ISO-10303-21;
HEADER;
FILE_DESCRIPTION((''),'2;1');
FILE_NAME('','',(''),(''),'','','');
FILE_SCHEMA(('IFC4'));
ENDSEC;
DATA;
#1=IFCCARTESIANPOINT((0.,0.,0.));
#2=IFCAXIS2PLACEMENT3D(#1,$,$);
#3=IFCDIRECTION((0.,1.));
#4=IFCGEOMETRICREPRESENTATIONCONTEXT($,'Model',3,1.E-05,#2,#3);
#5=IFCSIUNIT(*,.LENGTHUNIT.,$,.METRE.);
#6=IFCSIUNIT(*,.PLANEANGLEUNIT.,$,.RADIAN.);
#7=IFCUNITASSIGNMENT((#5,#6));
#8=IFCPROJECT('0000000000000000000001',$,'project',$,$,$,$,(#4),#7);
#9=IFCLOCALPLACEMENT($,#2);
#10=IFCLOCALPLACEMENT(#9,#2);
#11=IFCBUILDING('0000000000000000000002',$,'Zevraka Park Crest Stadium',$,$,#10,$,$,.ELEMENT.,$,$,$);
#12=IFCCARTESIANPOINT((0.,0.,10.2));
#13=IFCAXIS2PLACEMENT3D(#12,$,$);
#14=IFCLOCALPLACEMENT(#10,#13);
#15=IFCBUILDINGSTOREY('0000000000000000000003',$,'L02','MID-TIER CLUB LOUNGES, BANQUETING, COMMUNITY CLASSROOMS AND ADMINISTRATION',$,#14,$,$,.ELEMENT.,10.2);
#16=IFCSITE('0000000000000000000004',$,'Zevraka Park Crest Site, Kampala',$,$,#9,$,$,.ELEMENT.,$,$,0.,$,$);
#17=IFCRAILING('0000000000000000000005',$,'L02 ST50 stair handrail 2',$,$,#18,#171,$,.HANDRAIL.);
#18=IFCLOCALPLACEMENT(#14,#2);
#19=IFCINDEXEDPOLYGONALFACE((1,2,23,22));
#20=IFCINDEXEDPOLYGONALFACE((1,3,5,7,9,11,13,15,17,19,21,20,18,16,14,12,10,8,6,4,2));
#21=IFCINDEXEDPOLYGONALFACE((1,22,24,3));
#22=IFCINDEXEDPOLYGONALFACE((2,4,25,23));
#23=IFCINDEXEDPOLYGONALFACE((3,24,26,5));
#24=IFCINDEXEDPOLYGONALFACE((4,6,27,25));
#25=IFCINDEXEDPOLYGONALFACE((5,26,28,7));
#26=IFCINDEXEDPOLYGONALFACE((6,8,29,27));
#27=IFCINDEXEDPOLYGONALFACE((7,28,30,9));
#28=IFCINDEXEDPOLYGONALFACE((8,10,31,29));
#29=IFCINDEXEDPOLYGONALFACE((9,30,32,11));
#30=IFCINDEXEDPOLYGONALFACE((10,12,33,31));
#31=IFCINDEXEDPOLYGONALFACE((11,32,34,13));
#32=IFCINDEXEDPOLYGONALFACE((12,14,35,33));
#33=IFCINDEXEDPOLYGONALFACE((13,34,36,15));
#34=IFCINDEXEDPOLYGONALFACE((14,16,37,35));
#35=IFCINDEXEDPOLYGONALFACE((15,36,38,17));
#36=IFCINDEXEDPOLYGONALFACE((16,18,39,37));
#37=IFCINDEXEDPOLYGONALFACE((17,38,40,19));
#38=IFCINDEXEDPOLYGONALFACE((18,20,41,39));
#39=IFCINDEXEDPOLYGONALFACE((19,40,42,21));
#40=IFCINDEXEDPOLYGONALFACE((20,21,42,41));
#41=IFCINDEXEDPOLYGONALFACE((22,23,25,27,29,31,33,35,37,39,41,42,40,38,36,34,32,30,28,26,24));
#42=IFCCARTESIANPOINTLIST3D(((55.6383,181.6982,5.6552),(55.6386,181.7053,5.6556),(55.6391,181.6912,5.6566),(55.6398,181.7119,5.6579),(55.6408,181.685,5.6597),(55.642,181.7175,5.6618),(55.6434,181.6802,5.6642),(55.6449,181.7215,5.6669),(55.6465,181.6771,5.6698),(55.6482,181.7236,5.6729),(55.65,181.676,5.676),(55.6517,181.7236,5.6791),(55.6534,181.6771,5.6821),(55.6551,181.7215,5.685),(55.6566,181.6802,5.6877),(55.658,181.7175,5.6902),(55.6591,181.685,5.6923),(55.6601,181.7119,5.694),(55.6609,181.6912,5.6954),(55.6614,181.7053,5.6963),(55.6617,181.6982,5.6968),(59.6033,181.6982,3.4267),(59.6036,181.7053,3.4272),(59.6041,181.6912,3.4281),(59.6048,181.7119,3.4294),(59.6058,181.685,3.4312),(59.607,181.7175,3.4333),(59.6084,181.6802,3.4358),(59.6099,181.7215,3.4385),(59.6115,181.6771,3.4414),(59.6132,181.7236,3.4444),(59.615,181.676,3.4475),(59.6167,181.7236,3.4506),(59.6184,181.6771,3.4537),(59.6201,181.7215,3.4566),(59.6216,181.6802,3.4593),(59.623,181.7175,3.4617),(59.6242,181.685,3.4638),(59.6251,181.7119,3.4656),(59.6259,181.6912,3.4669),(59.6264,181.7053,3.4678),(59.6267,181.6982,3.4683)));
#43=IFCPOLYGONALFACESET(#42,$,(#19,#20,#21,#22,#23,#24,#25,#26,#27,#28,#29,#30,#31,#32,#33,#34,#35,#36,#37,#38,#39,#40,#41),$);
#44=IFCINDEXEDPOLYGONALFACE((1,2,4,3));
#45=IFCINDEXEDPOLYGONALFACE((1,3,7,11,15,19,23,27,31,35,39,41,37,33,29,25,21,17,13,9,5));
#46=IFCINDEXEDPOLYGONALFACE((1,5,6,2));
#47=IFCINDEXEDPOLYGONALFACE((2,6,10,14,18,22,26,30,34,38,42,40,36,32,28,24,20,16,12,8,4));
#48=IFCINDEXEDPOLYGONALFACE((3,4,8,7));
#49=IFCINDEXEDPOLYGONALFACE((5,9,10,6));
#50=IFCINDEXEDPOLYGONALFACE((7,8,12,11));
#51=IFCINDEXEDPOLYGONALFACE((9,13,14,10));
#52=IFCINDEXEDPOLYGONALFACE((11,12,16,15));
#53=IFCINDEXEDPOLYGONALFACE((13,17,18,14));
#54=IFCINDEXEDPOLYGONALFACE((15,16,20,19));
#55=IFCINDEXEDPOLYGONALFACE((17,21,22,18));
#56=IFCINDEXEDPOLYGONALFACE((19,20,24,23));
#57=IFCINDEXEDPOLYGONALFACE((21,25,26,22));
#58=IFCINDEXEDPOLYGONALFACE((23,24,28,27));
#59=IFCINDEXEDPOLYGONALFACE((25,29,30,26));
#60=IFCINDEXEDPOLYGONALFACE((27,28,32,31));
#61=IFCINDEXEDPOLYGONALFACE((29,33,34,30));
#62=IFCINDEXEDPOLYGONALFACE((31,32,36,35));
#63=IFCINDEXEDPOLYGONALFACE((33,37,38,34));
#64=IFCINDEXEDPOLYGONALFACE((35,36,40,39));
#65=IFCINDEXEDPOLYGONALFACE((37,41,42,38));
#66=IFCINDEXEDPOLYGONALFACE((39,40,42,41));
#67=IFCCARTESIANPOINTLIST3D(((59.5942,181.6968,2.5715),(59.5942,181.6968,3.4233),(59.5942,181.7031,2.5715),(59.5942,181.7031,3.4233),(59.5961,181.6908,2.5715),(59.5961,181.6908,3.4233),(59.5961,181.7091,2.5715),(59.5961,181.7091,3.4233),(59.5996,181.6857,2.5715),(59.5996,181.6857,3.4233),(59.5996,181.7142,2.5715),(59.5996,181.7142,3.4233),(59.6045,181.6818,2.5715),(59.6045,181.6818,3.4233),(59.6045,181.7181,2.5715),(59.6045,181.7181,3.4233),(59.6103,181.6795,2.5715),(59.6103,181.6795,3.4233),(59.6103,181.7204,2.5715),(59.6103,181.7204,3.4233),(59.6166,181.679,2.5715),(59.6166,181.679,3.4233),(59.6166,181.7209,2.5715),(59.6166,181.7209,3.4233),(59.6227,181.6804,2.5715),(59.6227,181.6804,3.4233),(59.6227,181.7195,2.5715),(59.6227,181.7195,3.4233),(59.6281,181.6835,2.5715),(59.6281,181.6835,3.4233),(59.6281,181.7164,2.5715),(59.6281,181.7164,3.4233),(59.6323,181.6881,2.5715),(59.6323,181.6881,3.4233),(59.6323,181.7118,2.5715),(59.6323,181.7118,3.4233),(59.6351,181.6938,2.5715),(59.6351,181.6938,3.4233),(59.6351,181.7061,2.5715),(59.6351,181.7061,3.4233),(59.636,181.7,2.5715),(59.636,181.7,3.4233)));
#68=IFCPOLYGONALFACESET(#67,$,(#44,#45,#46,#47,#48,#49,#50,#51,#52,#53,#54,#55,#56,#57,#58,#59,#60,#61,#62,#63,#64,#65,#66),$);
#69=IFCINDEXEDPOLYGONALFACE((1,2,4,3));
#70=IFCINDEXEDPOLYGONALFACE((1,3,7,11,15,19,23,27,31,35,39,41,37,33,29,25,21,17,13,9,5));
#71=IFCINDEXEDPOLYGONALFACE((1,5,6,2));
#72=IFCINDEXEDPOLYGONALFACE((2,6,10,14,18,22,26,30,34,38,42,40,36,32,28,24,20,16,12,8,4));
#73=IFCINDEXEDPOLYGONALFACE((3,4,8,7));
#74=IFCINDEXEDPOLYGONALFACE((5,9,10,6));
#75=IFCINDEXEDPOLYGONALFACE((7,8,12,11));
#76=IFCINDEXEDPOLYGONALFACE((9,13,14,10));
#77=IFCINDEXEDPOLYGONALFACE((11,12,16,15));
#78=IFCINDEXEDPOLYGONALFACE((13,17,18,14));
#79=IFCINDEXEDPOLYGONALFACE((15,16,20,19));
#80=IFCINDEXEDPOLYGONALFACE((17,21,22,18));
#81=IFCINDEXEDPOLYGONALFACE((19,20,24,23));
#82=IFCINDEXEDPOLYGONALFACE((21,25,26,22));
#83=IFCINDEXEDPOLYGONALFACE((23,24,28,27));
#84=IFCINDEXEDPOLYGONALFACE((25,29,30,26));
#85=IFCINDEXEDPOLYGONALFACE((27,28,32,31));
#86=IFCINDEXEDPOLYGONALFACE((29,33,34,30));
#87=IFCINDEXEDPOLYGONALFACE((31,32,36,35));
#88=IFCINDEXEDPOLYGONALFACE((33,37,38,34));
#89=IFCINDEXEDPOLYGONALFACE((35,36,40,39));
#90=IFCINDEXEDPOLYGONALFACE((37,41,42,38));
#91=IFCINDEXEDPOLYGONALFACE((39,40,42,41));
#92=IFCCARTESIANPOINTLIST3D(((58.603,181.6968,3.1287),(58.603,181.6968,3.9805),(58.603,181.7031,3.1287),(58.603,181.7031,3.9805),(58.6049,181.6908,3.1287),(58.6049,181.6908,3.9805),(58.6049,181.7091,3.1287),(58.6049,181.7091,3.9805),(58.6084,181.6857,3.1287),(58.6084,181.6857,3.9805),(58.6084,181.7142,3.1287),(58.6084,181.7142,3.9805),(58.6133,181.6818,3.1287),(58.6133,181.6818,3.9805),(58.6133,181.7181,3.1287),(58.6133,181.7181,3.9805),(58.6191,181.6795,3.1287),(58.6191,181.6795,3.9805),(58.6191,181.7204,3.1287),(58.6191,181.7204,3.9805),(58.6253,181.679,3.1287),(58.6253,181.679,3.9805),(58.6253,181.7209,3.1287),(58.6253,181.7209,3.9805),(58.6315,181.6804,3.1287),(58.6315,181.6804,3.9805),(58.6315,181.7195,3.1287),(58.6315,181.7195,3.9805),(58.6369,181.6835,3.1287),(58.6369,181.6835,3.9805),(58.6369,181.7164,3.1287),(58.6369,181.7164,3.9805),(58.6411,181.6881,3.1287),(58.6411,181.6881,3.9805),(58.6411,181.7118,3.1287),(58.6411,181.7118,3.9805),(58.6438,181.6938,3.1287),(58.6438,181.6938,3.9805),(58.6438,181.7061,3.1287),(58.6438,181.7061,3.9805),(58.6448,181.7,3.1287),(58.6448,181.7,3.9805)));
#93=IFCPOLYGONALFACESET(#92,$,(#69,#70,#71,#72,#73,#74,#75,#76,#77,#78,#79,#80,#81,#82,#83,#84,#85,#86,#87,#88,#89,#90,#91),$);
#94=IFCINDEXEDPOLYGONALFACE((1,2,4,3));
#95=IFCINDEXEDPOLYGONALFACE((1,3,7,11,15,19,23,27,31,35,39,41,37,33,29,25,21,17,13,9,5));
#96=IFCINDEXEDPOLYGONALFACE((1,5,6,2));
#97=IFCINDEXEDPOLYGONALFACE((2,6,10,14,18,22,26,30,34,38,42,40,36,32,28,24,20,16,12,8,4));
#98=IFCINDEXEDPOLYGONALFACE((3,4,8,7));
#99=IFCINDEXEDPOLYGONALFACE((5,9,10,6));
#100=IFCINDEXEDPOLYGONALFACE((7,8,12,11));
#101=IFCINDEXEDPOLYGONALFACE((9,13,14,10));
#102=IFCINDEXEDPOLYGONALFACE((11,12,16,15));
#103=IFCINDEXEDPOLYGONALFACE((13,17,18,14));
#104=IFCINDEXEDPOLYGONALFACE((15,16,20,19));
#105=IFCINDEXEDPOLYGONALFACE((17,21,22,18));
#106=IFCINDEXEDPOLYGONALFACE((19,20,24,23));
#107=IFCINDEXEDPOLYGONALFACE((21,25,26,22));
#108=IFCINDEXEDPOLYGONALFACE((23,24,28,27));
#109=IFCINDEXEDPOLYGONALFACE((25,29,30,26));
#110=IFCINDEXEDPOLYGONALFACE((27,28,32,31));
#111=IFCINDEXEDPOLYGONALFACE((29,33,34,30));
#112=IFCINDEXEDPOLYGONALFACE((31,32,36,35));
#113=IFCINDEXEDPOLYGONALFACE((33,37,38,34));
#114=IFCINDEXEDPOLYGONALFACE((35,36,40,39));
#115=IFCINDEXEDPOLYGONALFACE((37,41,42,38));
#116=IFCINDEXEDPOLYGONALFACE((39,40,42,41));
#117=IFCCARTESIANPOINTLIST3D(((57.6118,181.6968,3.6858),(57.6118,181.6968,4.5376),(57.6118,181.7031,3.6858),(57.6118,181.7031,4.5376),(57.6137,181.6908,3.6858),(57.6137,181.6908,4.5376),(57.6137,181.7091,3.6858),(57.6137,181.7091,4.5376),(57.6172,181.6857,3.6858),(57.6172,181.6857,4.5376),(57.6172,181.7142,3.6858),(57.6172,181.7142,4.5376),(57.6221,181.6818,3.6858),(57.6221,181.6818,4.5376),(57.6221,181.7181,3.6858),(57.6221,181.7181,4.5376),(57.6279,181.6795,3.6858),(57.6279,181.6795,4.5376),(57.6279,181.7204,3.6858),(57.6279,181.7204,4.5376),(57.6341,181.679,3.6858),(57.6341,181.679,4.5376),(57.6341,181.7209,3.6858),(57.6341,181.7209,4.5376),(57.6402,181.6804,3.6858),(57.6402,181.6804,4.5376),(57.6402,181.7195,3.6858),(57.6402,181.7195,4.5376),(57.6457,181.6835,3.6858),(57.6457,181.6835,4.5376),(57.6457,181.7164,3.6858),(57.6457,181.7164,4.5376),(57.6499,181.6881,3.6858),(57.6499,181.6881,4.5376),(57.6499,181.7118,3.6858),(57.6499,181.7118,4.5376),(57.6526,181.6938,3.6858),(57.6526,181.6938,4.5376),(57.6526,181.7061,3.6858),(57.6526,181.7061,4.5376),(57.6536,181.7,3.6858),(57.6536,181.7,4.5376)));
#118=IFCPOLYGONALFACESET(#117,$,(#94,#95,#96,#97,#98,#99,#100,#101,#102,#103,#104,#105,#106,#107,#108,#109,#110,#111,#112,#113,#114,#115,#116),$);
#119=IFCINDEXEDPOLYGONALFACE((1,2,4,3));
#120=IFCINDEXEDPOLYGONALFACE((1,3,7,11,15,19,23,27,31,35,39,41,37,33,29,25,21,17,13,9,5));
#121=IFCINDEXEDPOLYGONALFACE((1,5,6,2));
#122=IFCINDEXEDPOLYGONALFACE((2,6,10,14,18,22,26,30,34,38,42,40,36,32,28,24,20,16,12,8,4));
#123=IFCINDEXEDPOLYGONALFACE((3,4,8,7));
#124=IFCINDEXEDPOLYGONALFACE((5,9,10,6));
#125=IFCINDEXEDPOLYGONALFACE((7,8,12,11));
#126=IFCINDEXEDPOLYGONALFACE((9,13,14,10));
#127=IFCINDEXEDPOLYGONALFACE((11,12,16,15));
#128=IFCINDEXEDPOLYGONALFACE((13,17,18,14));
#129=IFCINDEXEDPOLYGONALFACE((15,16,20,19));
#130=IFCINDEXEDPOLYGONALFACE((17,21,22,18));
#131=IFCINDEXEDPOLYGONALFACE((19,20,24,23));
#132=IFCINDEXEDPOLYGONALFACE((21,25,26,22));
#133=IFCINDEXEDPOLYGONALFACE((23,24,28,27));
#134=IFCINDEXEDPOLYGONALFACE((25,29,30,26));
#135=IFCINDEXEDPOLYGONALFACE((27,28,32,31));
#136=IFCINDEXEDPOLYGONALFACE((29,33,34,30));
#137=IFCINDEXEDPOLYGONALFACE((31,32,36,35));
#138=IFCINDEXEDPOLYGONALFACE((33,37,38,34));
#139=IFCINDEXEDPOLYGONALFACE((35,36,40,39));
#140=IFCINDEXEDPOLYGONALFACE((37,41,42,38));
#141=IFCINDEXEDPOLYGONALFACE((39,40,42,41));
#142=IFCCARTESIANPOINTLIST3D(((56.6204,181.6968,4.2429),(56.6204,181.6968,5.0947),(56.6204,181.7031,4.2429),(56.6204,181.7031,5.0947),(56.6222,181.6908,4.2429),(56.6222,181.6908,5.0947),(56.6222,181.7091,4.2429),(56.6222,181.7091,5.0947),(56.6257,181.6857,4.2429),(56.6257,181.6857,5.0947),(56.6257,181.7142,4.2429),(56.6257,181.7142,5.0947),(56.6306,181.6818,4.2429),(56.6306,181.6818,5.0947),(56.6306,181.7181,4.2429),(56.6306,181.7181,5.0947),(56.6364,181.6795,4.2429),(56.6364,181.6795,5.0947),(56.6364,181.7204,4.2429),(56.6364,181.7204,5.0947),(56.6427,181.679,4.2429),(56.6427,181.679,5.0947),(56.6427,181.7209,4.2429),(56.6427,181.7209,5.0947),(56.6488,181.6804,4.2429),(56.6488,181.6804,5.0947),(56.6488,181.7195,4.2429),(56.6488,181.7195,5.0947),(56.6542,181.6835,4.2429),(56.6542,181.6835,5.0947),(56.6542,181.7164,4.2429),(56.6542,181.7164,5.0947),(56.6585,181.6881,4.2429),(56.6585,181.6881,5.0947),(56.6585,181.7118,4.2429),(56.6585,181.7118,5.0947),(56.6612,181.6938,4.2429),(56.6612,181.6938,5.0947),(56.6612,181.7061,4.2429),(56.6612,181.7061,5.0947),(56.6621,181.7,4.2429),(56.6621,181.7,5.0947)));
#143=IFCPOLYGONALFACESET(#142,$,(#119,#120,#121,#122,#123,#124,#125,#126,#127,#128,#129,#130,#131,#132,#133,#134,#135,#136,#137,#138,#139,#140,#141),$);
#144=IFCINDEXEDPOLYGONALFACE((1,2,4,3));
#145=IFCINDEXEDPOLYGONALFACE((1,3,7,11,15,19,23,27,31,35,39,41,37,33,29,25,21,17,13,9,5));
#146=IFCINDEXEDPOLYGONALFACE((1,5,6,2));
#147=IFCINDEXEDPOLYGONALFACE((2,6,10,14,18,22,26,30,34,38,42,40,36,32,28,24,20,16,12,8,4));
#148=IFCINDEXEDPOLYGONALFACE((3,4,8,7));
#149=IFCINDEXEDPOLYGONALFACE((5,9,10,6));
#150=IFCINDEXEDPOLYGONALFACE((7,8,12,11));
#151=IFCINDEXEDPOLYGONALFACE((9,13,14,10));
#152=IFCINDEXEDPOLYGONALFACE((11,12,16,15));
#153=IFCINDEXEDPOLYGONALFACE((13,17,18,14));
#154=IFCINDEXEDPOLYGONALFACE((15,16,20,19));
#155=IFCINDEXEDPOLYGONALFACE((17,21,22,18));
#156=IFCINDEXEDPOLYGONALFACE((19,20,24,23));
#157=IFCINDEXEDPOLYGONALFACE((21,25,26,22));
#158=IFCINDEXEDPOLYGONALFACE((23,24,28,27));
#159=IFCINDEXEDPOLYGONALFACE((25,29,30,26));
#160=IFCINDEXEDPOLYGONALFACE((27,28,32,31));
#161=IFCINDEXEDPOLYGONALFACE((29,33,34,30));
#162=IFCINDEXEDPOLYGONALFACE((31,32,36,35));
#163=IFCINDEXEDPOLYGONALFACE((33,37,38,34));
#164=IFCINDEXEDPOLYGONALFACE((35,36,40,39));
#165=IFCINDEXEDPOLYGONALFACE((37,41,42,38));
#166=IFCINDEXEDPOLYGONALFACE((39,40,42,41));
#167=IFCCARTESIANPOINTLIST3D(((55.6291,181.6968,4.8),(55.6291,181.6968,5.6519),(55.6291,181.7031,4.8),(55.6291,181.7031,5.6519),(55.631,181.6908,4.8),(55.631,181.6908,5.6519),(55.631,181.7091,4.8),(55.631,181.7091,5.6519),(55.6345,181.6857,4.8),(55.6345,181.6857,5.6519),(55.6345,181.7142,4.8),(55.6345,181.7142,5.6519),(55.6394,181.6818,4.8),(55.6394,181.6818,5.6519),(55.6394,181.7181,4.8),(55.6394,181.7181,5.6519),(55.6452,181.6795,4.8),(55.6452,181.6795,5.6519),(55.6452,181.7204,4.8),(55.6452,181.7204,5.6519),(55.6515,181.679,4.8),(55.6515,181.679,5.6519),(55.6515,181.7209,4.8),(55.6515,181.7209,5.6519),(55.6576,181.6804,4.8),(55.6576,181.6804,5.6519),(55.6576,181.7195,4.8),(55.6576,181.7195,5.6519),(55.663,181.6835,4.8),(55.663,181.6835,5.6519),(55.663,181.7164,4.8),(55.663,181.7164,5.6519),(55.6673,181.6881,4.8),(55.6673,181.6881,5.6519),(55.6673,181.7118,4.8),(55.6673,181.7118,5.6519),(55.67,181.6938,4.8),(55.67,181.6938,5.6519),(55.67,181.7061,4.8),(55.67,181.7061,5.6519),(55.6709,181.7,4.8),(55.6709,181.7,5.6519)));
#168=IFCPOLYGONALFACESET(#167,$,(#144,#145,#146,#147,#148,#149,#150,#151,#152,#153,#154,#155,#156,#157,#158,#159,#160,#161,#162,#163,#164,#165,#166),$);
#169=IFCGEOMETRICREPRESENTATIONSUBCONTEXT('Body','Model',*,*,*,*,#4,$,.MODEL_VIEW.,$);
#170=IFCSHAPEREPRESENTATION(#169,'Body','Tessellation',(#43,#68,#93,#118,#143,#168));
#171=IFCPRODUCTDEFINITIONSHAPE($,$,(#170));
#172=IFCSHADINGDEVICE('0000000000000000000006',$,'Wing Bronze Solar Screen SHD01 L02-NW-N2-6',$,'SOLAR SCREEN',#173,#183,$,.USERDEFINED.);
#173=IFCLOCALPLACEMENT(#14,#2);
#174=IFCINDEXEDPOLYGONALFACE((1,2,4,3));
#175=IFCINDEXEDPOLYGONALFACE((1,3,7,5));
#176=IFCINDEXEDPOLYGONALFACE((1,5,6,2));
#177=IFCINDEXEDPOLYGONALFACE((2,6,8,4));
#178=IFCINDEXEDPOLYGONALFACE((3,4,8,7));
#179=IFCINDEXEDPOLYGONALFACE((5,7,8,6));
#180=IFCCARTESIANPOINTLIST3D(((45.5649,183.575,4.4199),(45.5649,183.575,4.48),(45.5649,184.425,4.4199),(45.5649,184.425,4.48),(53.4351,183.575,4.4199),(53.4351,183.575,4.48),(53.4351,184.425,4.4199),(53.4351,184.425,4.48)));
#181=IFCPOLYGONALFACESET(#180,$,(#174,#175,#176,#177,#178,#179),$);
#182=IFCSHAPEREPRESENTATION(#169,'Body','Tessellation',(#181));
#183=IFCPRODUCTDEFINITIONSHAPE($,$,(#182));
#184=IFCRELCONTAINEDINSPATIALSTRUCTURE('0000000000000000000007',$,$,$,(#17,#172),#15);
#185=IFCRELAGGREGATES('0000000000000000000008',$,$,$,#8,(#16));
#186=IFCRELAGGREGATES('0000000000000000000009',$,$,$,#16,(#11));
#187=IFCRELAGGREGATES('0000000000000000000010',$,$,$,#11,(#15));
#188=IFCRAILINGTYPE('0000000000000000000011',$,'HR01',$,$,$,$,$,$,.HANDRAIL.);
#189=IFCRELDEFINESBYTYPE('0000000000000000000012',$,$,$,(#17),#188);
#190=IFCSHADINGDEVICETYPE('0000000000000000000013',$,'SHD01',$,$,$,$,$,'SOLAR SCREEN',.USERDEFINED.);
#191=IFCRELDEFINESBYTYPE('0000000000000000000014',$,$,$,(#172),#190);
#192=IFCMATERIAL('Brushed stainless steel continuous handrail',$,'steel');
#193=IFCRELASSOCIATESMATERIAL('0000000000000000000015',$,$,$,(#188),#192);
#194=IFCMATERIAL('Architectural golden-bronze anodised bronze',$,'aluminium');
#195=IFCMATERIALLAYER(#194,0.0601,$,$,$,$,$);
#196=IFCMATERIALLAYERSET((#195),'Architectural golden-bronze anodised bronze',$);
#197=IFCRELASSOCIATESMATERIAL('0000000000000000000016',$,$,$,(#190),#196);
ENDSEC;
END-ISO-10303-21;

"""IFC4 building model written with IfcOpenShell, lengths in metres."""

from ifc_helpers import new_model, si_unit, direction, frame, origin, origin_2d, place, context, subcontext, project, spatial, rectangle, circle, extrude, material, layer, layer_set, type_object, element, save


model = new_model("IFC4")

# Units and contexts
model_context = context("Model", 3, precision=1e-05, world=origin(), true_north=direction((0.0, 1.0)))
body_context = subcontext(model_context, "Body", "Model", "MODEL_VIEW")
ifc_project = project(units=[si_unit("LENGTHUNIT", "METRE"), si_unit("PLANEANGLEUNIT", "RADIAN")], contexts=[model_context])

# Site, building, storey
site_placement = place(None, origin())
site = spatial("IfcSite", under=ifc_project, at=site_placement, Name="Zevraka Park Crest Site, Kampala", CompositionType="ELEMENT", RefElevation=0.0)
building_placement = place(site_placement, origin())
building = spatial("IfcBuilding", under=site, at=building_placement, Name="Zevraka Park Crest Stadium", CompositionType="ELEMENT")
storey_placement = place(building_placement, frame((0.0, 0.0, 10.2)))
storey = spatial("IfcBuildingStorey", under=building, at=storey_placement, Name="L02", Description="MID-TIER CLUB LOUNGES, BANQUETING, COMMUNITY CLASSROOMS AND ADMINISTRATION", CompositionType="ELEMENT", Elevation=10.2)

# Railing
ifc_material_1 = material(Name="Brushed stainless steel continuous handrail", Category="steel")
railing_type = type_object("IfcRailingType", Name="HR01", PredefinedType="HANDRAIL", material=ifc_material_1)
railing_placement = place(storey_placement, frame((59.615, 181.7, 2.5715)))
element("IfcRailing", 1, at=railing_placement, inside=storey, type_object=railing_type, Name="L02 ST50 stair handrail 2", PredefinedType="HANDRAIL", context=body_context, shape_type="SweptSolid", body=[
    extrude(circle(Radius=0.0239, at=origin_2d()), frame((0.0, 0.0, 0.876), z_axis=(-0.871749, 0.0, 0.489953), x_axis=(0.0, -1.0, 0.0)), (0.0, 0.0, 1.0), 4.5483),
    extrude(circle(Radius=0.021, at=origin_2d()), origin(), (0.0, 0.0, 1.0), 0.8518),
    extrude(circle(Radius=0.021, at=origin_2d()), frame((-0.9912, 0.0, 0.5571)), (0.0, 0.0, 1.0), 0.8518),
    extrude(circle(Radius=0.021, at=origin_2d()), frame((-1.9824, 0.0, 1.1143)), (0.0, 0.0, 1.0), 0.8518),
    extrude(circle(Radius=0.021, at=origin_2d()), frame((-2.9739, 0.0, 1.6714)), (0.0, 0.0, 1.0), 0.8518),
    extrude(circle(Radius=0.021, at=origin_2d()), frame((-3.9651, 0.0, 2.2285)), (0.0, 0.0, 1.0), 0.8518),
])

# Shading device
ifc_material_2 = material(Name="Architectural golden-bronze anodised bronze", Category="aluminium")
ifc_layer_1 = layer(ifc_material_2, 0.0601)
ifc_layer_set_1 = layer_set([ifc_layer_1], Name="Architectural golden-bronze anodised bronze")
shading_device_type = type_object("IfcShadingDeviceType", Name="SHD01", ElementType="SOLAR SCREEN", PredefinedType="USERDEFINED", material=ifc_layer_set_1)
shading_device_placement = place(storey_placement, frame((49.5, 184.0, 4.4199), z_axis=(0.0, 0.0, 1.0), x_axis=(1.0, 0.0, 0.0)))
element("IfcShadingDevice", 2, at=shading_device_placement, inside=storey, type_object=shading_device_type, Name="Wing Bronze Solar Screen SHD01 L02-NW-N2-6", ObjectType="SOLAR SCREEN", PredefinedType="USERDEFINED", context=body_context, shape_type="SweptSolid", body=[
    extrude(rectangle(XDim=7.8701, YDim=0.8501, at=origin_2d()), origin(), (0.0, 0.0, 1.0), 0.0601),
])

save(model, "model.ifc")
